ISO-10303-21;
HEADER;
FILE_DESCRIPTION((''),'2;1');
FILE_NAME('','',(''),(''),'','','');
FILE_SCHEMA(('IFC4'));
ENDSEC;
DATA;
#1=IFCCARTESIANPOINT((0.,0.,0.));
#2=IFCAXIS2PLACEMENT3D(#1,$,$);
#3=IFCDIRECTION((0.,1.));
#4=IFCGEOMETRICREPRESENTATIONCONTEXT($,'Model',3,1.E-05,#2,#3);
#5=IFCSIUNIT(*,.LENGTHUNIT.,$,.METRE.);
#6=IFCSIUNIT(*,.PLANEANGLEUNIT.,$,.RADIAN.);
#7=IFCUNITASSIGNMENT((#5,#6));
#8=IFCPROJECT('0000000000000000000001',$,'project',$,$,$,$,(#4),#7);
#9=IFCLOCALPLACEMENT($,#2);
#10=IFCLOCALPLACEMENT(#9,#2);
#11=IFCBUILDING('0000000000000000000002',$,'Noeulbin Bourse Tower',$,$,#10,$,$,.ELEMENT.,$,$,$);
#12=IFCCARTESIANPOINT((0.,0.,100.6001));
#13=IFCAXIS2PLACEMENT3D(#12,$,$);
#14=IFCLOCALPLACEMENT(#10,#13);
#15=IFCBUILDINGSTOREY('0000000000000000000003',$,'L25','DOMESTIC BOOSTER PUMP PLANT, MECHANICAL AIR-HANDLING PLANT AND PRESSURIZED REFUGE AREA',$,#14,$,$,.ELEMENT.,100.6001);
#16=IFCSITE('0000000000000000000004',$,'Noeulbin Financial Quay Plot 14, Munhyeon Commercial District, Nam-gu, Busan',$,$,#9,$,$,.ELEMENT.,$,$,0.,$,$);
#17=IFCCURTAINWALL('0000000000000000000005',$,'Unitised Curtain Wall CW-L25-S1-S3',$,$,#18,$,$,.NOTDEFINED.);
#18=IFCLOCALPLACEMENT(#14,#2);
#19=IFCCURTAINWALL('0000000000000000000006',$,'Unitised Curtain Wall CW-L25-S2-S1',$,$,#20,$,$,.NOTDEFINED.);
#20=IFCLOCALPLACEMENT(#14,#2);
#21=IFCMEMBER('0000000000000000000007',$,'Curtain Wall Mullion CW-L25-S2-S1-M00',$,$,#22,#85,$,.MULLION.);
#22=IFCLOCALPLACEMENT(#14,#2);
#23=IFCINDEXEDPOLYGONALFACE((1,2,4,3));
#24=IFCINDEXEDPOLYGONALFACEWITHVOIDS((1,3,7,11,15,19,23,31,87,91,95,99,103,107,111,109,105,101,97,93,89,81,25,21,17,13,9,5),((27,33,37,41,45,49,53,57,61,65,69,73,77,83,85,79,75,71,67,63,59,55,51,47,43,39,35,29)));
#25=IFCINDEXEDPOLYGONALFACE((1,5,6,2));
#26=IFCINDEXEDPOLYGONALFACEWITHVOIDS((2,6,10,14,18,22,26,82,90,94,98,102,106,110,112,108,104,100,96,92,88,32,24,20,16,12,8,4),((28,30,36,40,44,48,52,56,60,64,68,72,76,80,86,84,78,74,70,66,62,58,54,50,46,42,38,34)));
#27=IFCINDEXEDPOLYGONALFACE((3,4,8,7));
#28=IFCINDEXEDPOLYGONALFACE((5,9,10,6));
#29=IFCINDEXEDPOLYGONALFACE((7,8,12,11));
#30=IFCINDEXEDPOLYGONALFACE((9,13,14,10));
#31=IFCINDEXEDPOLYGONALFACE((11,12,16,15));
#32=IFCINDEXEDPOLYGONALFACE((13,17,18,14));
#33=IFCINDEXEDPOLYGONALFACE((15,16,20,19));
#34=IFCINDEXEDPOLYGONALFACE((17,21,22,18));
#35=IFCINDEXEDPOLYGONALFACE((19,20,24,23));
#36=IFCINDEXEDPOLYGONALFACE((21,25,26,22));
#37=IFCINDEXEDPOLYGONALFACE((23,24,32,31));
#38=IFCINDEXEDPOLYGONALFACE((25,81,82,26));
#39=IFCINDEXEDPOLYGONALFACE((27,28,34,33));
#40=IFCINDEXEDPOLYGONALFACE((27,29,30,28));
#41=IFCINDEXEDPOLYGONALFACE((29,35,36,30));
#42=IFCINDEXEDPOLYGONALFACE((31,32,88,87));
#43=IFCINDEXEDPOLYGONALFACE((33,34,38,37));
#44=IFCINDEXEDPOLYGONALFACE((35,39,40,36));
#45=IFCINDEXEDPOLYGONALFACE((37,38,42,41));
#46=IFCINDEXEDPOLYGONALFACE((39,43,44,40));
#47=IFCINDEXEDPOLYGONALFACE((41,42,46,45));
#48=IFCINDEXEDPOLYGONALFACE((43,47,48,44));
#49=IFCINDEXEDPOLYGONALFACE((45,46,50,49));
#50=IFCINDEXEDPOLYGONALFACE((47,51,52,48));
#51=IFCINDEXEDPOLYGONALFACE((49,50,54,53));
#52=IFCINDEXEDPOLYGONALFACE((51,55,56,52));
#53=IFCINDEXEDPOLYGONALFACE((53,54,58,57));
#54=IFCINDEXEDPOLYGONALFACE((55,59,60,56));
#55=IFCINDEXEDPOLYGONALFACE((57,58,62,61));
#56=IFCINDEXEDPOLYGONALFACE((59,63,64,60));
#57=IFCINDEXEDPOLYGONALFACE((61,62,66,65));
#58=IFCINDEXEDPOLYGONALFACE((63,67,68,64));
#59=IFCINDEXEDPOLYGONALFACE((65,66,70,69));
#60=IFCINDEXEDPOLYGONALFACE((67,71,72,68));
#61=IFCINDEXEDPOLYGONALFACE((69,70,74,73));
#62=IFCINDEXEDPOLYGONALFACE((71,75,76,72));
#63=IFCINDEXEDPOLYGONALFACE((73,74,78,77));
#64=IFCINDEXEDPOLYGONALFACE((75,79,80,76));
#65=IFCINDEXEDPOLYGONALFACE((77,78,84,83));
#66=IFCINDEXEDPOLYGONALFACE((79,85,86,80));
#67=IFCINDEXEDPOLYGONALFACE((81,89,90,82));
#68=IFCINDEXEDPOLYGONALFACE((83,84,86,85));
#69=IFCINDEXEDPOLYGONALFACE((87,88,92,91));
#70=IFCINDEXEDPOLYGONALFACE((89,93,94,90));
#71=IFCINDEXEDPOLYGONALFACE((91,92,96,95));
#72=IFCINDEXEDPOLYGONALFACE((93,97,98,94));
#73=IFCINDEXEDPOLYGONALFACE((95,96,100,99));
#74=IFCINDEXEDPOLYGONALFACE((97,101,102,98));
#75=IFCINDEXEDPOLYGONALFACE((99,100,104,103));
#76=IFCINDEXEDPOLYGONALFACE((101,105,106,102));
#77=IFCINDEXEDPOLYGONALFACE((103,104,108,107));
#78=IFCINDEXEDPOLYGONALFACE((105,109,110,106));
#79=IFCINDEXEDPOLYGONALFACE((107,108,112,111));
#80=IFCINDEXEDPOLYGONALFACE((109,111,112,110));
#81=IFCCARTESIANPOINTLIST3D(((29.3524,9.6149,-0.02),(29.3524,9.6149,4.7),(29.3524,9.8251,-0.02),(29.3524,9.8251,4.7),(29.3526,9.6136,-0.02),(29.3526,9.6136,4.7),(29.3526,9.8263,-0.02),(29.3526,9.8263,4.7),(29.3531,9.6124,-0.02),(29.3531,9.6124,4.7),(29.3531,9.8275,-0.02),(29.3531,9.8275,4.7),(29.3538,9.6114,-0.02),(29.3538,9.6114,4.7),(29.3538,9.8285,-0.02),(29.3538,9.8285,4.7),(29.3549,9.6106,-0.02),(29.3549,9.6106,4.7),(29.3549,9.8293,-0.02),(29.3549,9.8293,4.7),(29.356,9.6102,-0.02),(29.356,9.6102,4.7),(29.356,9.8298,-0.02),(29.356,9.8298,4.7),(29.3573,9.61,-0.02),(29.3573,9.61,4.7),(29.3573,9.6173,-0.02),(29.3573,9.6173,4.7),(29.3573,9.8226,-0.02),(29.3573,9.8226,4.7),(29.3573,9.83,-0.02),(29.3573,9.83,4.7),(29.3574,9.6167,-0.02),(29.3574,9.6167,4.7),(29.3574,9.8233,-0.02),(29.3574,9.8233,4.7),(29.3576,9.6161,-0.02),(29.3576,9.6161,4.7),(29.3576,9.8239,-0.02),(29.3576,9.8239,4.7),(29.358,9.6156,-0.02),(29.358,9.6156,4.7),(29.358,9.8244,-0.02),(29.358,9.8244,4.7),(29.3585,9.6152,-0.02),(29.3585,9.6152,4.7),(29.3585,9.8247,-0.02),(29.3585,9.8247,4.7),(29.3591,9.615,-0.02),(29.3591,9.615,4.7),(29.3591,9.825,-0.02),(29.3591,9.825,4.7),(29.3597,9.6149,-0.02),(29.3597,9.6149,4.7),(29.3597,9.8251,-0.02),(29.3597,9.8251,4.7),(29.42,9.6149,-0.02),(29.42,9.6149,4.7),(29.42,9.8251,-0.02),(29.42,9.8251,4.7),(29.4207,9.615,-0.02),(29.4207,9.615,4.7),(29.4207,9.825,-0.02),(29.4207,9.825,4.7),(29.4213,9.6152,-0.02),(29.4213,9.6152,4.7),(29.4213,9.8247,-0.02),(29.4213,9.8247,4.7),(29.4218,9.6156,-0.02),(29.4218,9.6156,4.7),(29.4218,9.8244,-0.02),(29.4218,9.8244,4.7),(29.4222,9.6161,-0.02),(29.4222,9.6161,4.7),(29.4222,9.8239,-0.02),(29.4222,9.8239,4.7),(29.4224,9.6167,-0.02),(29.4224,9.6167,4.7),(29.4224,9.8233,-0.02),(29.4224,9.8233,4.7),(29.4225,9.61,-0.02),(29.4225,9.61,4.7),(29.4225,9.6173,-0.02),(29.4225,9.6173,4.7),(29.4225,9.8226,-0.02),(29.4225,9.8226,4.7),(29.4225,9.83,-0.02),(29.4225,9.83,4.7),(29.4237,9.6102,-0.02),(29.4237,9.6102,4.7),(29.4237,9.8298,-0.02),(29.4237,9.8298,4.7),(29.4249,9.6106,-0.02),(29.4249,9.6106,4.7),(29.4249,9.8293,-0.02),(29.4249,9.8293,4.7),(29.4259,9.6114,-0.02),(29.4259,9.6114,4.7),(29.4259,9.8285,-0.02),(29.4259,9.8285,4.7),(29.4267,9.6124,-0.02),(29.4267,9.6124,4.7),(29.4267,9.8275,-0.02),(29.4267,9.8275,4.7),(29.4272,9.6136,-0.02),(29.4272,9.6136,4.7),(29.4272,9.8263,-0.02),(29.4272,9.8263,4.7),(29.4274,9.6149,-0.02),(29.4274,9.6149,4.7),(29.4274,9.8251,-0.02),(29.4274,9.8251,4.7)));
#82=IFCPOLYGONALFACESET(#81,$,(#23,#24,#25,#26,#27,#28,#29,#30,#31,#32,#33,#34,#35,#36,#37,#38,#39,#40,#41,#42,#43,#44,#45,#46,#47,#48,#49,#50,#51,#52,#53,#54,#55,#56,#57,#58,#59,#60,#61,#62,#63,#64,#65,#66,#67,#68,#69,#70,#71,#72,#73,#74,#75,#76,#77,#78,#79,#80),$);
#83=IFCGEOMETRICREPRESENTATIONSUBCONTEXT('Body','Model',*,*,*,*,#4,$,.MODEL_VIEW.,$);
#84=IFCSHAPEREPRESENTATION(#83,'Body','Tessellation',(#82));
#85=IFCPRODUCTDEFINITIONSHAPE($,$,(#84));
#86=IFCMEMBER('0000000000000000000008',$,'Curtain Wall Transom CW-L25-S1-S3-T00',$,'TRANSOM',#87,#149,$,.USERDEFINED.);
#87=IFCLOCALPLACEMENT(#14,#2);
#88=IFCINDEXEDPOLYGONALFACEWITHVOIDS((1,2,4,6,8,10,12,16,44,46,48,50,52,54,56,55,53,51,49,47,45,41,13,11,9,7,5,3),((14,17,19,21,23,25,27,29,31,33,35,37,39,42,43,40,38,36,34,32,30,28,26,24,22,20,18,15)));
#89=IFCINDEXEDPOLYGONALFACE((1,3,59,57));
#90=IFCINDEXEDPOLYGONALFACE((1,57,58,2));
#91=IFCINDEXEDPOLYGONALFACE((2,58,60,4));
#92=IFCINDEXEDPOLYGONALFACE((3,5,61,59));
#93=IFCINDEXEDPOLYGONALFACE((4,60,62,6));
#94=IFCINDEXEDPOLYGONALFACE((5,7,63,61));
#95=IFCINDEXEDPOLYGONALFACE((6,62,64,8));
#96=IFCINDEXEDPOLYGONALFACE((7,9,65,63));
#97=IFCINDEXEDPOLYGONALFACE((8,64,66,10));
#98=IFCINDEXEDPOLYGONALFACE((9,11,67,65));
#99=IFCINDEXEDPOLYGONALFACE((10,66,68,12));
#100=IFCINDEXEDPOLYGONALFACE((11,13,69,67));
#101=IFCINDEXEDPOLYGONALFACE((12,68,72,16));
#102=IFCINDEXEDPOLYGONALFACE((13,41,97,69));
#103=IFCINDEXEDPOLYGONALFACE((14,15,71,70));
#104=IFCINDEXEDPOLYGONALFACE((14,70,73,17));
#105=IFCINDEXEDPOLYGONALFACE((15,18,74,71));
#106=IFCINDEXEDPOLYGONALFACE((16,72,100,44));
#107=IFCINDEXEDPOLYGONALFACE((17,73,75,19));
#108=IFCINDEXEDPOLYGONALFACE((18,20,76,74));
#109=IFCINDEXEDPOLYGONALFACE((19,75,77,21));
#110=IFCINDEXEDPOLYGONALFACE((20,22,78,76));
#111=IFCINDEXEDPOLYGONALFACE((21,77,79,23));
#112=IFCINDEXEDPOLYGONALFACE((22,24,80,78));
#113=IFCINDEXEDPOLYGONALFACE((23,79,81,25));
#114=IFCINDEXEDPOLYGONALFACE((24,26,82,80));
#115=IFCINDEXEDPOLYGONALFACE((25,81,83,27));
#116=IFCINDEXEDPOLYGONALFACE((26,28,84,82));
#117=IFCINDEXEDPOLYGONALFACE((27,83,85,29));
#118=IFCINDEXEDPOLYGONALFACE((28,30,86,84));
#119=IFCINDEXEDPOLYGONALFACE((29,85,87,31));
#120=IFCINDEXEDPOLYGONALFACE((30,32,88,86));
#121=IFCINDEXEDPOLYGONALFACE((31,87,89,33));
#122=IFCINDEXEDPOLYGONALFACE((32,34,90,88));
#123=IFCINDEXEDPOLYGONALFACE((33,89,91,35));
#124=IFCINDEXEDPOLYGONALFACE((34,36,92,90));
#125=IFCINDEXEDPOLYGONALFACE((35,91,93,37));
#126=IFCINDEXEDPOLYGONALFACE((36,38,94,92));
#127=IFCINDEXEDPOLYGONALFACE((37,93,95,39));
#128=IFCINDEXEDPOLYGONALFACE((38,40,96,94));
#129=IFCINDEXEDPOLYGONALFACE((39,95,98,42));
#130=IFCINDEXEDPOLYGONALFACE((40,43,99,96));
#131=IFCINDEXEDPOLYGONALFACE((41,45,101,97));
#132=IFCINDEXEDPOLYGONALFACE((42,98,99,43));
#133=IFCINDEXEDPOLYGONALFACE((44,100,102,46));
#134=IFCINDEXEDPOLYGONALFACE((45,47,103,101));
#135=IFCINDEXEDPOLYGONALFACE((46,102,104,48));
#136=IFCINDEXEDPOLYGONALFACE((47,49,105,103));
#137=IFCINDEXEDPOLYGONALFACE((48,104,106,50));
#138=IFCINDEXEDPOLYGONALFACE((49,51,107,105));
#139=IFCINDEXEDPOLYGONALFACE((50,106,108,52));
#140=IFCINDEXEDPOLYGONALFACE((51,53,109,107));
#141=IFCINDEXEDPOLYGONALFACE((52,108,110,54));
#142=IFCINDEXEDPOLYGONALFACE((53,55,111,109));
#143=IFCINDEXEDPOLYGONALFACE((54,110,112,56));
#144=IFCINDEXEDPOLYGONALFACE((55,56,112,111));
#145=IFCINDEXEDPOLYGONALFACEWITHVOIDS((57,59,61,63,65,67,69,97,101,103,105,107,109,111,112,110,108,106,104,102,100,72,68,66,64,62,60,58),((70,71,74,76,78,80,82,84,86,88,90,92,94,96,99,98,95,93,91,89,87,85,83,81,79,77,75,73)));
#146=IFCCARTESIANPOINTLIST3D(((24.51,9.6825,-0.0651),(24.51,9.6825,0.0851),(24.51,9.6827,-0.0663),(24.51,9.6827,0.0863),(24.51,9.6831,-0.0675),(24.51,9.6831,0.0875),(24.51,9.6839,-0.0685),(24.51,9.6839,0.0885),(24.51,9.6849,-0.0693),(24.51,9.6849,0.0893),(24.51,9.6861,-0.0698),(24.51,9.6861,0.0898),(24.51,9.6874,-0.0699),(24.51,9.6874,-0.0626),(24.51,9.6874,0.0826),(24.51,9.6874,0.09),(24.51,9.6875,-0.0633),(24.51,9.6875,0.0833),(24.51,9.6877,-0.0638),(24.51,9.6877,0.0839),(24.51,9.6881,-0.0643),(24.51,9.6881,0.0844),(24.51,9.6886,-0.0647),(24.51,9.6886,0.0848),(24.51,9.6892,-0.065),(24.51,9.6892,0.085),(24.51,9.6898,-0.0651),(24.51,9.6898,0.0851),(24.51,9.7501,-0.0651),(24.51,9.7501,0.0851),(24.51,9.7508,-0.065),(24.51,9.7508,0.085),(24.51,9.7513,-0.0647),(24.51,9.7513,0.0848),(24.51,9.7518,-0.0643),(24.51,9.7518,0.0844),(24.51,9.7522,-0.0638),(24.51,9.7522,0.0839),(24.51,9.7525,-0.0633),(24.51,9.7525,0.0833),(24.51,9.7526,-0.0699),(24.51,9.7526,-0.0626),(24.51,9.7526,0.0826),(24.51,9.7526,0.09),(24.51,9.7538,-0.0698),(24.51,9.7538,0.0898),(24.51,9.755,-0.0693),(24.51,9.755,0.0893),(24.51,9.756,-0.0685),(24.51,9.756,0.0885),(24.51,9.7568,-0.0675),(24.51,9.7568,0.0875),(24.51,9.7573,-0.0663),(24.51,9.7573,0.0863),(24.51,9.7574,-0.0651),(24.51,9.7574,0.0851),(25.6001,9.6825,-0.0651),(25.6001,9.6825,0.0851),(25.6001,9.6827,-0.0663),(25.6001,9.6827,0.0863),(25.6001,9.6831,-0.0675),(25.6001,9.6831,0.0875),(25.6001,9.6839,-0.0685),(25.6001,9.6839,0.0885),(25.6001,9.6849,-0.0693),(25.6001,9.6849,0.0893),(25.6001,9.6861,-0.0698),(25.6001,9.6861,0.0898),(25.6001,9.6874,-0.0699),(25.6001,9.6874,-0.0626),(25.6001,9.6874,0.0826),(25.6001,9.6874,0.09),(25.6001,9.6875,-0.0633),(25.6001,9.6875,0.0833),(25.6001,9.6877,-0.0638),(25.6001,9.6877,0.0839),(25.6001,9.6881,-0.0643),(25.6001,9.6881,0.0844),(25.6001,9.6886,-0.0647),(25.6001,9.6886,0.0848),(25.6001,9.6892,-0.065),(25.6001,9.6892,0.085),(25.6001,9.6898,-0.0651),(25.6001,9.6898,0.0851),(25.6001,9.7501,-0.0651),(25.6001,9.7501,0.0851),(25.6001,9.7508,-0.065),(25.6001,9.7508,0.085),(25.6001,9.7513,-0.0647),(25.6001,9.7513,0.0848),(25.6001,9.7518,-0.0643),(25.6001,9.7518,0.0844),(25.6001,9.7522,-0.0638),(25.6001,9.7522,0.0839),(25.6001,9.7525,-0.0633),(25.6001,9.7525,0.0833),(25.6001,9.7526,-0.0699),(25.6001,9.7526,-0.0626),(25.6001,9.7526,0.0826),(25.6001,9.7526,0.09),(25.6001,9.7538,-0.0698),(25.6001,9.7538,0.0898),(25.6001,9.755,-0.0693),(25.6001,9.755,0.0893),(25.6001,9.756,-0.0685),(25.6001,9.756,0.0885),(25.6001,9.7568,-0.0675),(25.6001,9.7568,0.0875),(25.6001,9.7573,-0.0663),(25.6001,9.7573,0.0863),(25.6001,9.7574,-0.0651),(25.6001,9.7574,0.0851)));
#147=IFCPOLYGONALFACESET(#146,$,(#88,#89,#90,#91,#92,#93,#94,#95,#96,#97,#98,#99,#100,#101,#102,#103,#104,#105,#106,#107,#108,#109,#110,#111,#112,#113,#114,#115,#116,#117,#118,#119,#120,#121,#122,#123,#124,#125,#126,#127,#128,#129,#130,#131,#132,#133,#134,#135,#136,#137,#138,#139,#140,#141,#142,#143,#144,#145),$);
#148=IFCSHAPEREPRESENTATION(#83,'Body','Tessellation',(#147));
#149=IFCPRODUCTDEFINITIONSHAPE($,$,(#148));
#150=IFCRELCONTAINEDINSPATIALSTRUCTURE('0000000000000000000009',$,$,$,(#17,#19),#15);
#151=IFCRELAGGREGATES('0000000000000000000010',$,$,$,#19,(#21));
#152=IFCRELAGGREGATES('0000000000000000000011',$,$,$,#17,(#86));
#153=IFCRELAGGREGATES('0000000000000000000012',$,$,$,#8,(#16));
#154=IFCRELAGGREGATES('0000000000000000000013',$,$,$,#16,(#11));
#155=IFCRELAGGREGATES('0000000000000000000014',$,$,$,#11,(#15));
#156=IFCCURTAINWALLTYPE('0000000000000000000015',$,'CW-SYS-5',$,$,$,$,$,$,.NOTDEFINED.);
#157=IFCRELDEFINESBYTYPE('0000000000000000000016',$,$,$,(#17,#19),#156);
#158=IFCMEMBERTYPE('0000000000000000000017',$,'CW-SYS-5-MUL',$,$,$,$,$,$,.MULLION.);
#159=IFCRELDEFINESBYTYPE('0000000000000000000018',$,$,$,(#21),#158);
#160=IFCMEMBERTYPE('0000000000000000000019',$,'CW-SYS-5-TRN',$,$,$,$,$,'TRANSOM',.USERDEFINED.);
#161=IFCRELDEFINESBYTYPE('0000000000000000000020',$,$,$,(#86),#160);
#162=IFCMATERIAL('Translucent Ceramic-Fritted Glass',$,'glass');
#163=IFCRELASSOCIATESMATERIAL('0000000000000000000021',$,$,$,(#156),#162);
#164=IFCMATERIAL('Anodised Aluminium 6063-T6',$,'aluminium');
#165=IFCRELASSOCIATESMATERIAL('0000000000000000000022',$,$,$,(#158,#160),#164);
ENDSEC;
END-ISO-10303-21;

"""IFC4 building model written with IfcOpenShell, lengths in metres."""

from ifc_helpers import new_model, si_unit, direction, frame, origin, origin_2d, place, context, subcontext, project, spatial, hollow_rectangle, extrude, material, material_profile, profile_set, type_object, element, aggregate, save


model = new_model("IFC4")

# Units and contexts
model_context = context("Model", 3, precision=1e-05, world=origin(), true_north=direction((0.0, 1.0)))
body_context = subcontext(model_context, "Body", "Model", "MODEL_VIEW")
ifc_project = project(units=[si_unit("LENGTHUNIT", "METRE"), si_unit("PLANEANGLEUNIT", "RADIAN")], contexts=[model_context])

# Site, building, storey
site_placement = place(None, origin())
site = spatial("IfcSite", under=ifc_project, at=site_placement, Name="Noeulbin Financial Quay Plot 14, Munhyeon Commercial District, Nam-gu, Busan", CompositionType="ELEMENT", RefElevation=0.0)
building_placement = place(site_placement, origin())
building = spatial("IfcBuilding", under=site, at=building_placement, Name="Noeulbin Bourse Tower", CompositionType="ELEMENT")
storey_placement = place(building_placement, frame((0.0, 0.0, 100.6001)))
storey = spatial("IfcBuildingStorey", under=building, at=storey_placement, Name="L25", Description="DOMESTIC BOOSTER PUMP PLANT, MECHANICAL AIR-HANDLING PLANT AND PRESSURIZED REFUGE AREA", CompositionType="ELEMENT", Elevation=100.6001)

# Shared definitions
ifc_material_1 = material(Name="Translucent Ceramic-Fritted Glass", Category="glass")
curtain_wall_type = type_object("IfcCurtainWallType", Name="CW-SYS-5", PredefinedType="NOTDEFINED", material=ifc_material_1)
ifc_material_2 = material(Name="Anodised Aluminium 6063-T6", Category="aluminium")
ifc_material_profile_1 = material_profile(ifc_material_2, hollow_rectangle(XDim=0.075, YDim=0.22, WallThickness=0.0049, InnerFilletRadius=0.0024, OuterFilletRadius=0.0049, at=origin_2d()), Name="ALU-MULL-75x220x5", Category="LoadBearing")
ifc_profile_set_1 = profile_set([ifc_material_profile_1], Name="Anodised Aluminium 6063-T6")
member_type_1 = type_object("IfcMemberType", Name="CW-SYS-5-MUL", PredefinedType="MULLION", material=ifc_profile_set_1)

# Curtain wall
curtain_wall_1_placement = place(storey_placement, origin())
curtain_wall_1 = element("IfcCurtainWall", 1, at=curtain_wall_1_placement, inside=storey, type_object=curtain_wall_type, Name="Unitised Curtain Wall CW-L25-S1-S3", PredefinedType="NOTDEFINED")

# Curtain wall, member
curtain_wall_2_placement = place(storey_placement, origin())
curtain_wall_2 = element("IfcCurtainWall", 2, at=curtain_wall_2_placement, inside=storey, type_object=curtain_wall_type, Name="Unitised Curtain Wall CW-L25-S2-S1", PredefinedType="NOTDEFINED")
member_1_placement = place(storey_placement, frame((29.3899, 9.72, -0.02), z_axis=(0.0, 0.0, 1.0), x_axis=(1.0, 0.0, 0.0)))
member_1 = element("IfcMember", 3, at=member_1_placement, type_object=member_type_1, Name="Curtain Wall Mullion CW-L25-S2-S1-M00", PredefinedType="MULLION", context=body_context, shape_type="SweptSolid", body=[
    extrude(hollow_rectangle(XDim=0.075, YDim=0.22, WallThickness=0.0049, InnerFilletRadius=0.0024, OuterFilletRadius=0.0049, at=origin_2d()), origin(), (0.0, 0.0, 1.0), 4.72),
])

# Member
ifc_material_profile_2 = material_profile(ifc_material_2, hollow_rectangle(XDim=0.075, YDim=0.1599, WallThickness=0.0049, InnerFilletRadius=0.0024, OuterFilletRadius=0.0049, at=origin_2d()), Name="ALU-TRAN-75x160x5", Category="LoadBearing")
ifc_profile_set_2 = profile_set([ifc_material_profile_2], Name="Anodised Aluminium 6063-T6")
member_type_2 = type_object("IfcMemberType", Name="CW-SYS-5-TRN", ElementType="TRANSOM", PredefinedType="USERDEFINED", material=ifc_profile_set_2)
member_2_placement = place(storey_placement, frame((24.51, 9.72, 0.01), z_axis=(1.0, 0.0, 0.0), x_axis=(0.0, 1.0, 0.0)))
member_2 = element("IfcMember", 4, at=member_2_placement, type_object=member_type_2, Name="Curtain Wall Transom CW-L25-S1-S3-T00", ObjectType="TRANSOM", PredefinedType="USERDEFINED", context=body_context, shape_type="SweptSolid", body=[
    extrude(hollow_rectangle(XDim=0.075, YDim=0.1599, WallThickness=0.0049, InnerFilletRadius=0.0024, OuterFilletRadius=0.0049, at=origin_2d()), origin(), (0.0, 0.0, 1.0), 1.0901),
])
aggregate(curtain_wall_2, [member_1])

aggregate(curtain_wall_1, [member_2])

save(model, "model.ifc")
